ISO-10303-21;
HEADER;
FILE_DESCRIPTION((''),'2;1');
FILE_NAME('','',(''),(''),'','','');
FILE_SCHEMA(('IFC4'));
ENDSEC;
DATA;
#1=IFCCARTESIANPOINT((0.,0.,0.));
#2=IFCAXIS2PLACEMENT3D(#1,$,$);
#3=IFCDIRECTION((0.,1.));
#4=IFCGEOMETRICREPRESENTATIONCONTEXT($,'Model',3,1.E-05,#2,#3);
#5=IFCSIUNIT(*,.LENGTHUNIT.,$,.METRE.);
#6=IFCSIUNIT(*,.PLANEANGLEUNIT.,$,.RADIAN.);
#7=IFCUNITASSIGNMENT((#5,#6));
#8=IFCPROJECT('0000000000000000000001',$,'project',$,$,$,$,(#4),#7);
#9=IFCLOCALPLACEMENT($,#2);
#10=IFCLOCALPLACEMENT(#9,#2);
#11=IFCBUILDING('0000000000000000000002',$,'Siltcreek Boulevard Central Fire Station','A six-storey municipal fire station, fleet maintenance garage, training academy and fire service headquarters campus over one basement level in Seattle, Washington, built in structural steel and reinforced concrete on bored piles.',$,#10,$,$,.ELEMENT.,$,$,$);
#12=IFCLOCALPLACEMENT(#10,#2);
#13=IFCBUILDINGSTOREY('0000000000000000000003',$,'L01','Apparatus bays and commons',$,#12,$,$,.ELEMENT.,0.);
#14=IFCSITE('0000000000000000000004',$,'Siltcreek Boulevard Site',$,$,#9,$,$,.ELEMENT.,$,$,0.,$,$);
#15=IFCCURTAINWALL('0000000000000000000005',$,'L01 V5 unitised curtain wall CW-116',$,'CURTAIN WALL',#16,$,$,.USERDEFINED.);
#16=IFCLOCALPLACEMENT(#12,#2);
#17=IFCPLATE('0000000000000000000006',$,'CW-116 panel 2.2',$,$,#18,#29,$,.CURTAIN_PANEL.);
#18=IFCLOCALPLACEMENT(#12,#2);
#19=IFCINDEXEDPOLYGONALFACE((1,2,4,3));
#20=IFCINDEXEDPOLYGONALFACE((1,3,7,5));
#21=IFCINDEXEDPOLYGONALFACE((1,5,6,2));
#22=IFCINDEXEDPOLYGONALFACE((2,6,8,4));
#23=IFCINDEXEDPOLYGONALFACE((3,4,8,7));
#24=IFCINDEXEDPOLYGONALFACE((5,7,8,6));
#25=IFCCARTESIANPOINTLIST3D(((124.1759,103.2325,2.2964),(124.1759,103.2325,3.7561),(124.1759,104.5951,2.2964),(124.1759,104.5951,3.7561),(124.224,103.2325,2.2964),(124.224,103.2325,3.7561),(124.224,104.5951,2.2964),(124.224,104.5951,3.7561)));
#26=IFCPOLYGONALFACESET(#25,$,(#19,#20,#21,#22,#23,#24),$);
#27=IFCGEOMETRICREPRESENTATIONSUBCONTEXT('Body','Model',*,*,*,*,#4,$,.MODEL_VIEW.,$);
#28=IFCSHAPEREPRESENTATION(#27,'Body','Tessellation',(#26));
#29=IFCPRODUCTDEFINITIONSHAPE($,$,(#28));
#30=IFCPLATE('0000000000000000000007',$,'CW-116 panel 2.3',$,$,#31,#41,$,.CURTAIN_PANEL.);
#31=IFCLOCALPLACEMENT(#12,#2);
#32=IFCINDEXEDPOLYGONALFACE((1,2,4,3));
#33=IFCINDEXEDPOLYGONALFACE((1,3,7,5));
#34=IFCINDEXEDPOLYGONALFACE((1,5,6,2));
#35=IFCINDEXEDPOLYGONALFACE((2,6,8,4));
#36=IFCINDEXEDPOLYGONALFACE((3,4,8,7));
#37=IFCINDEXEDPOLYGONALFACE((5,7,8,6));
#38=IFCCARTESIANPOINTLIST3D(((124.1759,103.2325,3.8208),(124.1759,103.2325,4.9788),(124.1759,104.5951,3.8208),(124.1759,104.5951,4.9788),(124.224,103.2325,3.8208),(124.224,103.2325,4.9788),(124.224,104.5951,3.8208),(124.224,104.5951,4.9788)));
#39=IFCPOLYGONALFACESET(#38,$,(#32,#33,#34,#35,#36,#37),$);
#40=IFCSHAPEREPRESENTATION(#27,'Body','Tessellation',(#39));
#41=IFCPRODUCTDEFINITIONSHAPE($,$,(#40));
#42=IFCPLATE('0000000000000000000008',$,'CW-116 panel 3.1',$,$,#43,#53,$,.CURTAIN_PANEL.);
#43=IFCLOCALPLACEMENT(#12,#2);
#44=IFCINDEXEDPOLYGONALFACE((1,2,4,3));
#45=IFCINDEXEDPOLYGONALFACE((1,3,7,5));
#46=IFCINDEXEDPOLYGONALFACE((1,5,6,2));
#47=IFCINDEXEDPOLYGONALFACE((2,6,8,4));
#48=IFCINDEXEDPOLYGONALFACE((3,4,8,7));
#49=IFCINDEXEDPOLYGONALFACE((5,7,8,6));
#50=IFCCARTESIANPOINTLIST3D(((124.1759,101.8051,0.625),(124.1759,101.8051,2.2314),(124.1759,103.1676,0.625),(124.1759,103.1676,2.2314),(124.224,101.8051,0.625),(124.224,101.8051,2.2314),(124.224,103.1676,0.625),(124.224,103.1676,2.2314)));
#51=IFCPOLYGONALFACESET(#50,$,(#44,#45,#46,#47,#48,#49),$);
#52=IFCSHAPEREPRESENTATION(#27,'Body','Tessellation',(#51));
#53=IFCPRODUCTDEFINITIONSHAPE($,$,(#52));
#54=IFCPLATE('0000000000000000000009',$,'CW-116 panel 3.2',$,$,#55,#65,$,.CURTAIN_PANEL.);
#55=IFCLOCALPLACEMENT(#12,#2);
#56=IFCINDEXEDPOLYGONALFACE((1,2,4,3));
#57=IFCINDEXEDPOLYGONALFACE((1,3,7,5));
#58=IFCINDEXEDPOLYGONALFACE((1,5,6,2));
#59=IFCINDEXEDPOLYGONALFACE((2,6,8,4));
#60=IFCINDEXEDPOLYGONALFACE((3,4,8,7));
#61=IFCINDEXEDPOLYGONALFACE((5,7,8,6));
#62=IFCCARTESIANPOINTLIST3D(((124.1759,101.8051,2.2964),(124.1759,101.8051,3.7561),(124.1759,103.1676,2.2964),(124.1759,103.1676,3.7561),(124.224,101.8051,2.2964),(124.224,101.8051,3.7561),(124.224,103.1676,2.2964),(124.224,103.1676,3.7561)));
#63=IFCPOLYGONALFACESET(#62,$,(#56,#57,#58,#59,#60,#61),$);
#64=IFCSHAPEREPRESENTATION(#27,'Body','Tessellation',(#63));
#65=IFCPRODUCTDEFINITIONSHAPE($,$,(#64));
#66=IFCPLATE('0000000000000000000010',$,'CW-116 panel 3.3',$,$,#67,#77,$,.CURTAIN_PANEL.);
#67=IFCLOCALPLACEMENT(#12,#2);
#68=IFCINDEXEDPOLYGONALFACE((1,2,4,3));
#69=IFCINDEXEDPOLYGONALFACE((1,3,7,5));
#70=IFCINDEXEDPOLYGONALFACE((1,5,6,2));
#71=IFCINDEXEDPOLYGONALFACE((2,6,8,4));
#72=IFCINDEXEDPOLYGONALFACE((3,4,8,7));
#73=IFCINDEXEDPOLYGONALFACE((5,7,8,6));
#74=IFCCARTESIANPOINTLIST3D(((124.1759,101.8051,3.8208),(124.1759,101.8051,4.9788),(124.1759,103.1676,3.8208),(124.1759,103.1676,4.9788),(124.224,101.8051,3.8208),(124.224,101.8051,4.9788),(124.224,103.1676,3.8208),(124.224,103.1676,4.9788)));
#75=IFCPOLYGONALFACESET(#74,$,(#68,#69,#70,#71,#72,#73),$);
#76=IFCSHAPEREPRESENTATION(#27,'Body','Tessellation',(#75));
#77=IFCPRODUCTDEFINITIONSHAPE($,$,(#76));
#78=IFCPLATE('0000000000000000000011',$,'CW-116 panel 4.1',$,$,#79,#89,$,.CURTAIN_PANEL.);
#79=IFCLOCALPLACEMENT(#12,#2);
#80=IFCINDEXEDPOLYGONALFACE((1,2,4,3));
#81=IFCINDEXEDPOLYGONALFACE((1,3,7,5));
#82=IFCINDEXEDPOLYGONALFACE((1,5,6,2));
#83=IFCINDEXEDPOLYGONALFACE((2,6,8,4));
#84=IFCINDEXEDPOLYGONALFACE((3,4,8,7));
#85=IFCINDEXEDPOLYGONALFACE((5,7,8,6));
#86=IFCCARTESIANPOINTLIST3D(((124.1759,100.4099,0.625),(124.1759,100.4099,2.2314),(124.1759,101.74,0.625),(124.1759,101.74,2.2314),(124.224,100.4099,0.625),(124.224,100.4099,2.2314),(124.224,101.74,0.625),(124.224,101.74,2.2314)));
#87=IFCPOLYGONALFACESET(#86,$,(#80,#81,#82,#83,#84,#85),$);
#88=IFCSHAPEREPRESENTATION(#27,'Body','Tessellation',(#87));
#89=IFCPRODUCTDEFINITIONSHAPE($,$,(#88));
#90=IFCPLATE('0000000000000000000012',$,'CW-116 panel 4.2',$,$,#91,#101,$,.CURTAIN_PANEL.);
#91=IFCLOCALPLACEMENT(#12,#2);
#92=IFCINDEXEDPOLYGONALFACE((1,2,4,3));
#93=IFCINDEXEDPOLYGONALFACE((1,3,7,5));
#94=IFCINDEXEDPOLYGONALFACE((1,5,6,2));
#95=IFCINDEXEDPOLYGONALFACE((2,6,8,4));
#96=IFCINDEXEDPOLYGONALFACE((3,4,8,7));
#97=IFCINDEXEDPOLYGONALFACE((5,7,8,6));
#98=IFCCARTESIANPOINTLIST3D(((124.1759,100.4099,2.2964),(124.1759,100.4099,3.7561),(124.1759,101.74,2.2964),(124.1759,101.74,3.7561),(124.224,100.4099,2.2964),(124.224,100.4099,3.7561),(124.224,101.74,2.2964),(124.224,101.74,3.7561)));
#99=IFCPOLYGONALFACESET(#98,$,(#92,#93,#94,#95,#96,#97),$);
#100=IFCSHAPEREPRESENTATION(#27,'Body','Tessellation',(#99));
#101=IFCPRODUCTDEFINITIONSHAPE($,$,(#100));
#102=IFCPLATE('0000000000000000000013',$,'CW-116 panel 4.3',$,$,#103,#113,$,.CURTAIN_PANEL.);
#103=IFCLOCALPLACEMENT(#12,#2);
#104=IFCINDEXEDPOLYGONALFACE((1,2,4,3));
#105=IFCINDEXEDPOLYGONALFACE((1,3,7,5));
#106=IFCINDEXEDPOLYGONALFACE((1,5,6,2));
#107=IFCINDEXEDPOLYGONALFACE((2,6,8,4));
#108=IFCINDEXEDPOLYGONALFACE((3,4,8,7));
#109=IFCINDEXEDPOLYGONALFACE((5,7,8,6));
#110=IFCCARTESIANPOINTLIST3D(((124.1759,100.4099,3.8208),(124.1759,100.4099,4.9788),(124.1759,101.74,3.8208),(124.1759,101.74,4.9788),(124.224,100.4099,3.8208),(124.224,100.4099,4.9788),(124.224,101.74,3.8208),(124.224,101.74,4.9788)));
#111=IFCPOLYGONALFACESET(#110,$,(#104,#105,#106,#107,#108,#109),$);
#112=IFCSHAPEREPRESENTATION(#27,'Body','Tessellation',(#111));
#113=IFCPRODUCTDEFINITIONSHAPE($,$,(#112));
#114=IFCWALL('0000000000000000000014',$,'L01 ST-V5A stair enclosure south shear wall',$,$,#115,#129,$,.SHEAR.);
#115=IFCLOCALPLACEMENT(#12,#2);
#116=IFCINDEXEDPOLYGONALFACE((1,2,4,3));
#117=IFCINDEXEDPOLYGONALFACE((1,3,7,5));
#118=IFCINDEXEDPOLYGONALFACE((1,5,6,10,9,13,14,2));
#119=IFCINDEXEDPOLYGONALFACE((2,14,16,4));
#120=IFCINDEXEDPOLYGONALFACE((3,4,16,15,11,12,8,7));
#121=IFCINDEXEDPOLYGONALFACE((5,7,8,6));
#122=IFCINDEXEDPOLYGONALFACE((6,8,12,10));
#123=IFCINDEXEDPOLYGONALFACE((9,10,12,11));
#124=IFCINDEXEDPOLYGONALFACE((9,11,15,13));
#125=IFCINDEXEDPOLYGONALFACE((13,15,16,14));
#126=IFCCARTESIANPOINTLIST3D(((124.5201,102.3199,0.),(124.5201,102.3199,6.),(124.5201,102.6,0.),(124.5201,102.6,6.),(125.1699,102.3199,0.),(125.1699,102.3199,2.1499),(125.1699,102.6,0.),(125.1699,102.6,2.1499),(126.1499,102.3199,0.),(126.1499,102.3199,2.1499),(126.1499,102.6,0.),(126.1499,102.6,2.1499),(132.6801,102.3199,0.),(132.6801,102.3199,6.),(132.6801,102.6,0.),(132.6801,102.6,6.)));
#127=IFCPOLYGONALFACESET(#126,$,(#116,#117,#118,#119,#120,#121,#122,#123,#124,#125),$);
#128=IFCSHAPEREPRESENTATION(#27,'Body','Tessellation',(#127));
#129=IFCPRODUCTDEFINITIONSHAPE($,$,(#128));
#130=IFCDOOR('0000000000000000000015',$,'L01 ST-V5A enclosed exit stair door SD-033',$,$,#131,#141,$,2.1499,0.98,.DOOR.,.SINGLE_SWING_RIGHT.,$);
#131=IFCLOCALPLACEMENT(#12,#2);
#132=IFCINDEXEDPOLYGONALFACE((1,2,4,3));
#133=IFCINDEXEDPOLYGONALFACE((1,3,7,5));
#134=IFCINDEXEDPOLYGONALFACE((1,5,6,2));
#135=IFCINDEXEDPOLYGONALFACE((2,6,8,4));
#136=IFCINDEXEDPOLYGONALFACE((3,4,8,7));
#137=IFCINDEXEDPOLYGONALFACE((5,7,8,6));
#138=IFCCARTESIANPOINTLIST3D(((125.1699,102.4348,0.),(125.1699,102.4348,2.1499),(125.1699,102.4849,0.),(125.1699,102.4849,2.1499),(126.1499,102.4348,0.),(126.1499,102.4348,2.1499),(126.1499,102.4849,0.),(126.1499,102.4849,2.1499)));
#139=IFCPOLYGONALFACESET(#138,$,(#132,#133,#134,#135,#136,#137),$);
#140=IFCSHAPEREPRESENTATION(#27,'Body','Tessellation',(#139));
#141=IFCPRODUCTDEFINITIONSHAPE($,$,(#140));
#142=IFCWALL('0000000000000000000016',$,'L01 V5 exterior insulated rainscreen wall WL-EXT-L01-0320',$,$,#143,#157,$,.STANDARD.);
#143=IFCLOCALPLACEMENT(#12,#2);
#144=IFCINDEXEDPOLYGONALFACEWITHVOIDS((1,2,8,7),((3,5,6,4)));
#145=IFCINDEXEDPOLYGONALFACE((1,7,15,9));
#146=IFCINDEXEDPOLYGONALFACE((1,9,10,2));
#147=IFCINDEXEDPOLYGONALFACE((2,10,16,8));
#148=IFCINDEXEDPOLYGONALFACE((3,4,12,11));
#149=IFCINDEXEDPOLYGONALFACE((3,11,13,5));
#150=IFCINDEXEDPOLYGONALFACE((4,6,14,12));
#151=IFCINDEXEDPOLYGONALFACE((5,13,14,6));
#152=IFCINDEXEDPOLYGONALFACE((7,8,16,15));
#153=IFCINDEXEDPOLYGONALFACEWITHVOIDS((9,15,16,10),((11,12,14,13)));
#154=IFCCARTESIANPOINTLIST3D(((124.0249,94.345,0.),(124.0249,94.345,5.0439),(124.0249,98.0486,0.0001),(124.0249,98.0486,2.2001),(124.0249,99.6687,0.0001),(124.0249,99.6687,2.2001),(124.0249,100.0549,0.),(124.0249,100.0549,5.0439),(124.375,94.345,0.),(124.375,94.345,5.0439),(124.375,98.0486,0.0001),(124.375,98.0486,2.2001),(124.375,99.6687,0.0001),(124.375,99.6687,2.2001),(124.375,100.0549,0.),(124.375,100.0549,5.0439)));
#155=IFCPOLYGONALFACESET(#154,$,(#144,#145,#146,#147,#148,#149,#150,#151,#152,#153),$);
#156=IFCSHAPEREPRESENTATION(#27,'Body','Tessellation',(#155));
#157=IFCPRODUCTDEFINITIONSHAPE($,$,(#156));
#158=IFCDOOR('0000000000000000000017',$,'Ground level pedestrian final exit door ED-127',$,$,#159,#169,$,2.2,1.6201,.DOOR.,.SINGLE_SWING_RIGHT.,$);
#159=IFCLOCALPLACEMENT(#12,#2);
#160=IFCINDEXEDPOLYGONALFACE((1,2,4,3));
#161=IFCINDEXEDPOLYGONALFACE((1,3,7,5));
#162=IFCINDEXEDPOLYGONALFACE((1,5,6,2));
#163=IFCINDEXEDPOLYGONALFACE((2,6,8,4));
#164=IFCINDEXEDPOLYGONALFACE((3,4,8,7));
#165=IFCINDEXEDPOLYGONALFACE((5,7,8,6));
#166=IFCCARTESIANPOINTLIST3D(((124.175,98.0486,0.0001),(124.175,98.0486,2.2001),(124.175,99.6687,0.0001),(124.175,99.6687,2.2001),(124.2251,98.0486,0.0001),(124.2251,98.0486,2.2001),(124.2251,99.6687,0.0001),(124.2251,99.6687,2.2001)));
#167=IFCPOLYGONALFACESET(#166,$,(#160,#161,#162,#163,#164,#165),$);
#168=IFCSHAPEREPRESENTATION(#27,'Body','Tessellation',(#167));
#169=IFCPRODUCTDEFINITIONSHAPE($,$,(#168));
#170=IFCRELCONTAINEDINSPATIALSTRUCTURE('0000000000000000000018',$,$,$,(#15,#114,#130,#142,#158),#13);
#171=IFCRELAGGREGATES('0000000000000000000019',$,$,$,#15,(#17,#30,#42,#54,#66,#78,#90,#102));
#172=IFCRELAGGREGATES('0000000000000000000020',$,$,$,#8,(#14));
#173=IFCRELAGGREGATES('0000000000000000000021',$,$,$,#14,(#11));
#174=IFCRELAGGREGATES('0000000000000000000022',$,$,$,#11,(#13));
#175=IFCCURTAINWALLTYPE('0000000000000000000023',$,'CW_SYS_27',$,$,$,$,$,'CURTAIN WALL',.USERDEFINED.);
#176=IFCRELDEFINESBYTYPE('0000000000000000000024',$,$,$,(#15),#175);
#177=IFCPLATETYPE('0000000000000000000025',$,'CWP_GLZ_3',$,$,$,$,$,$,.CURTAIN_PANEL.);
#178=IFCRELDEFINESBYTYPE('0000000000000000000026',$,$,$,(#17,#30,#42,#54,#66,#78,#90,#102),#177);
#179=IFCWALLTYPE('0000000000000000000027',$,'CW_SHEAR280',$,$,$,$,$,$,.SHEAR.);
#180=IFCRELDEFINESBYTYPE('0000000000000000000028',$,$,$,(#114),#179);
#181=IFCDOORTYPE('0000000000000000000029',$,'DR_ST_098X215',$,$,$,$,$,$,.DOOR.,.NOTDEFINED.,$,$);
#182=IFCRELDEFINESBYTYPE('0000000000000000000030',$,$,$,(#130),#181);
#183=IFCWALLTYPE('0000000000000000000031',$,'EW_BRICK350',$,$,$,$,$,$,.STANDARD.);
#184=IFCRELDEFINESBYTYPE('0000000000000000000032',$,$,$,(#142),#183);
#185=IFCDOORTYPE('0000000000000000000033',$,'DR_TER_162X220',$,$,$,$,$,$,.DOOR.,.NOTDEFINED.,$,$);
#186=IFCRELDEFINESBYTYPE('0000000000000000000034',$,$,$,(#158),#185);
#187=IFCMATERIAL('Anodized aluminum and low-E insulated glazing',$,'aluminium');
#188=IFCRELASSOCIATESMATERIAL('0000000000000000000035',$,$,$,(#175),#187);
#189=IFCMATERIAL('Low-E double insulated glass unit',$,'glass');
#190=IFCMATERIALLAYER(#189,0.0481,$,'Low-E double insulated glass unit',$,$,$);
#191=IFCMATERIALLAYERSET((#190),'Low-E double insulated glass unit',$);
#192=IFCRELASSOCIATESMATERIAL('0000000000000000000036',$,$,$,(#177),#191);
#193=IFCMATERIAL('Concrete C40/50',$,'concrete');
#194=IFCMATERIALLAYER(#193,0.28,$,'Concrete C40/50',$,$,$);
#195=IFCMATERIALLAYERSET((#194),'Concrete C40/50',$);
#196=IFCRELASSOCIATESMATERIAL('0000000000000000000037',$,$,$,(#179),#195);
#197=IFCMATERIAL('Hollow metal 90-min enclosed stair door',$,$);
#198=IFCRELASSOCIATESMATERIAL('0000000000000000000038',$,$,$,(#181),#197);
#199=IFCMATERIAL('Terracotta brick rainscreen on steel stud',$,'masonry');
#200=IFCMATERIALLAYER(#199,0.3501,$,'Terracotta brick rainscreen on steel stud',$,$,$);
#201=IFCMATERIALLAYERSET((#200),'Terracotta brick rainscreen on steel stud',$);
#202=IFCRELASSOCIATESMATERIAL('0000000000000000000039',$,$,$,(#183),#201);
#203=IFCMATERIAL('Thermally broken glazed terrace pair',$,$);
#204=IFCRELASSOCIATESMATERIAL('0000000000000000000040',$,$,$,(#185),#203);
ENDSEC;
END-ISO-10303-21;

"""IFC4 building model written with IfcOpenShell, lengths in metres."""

from ifc_helpers import new_model, si_unit, direction, frame, frame_2d, origin, origin_2d, place, context, subcontext, project, spatial, rectangle, extrude, material, layer, layer_set, type_object, element, fill, aggregate, save


model = new_model("IFC4")

# Units and contexts
model_context = context("Model", 3, precision=1e-05, world=origin(), true_north=direction((0.0, 1.0)))
body_context = subcontext(model_context, "Body", "Model", "MODEL_VIEW")
ifc_project = project(units=[si_unit("LENGTHUNIT", "METRE"), si_unit("PLANEANGLEUNIT", "RADIAN")], contexts=[model_context])

# Site, building, storey
site_placement = place(None, origin())
site = spatial("IfcSite", under=ifc_project, at=site_placement, Name="Siltcreek Boulevard Site", CompositionType="ELEMENT", RefElevation=0.0)
building_placement = place(site_placement, origin())
building = spatial("IfcBuilding", under=site, at=building_placement, Name="Siltcreek Boulevard Central Fire Station", Description="A six-storey municipal fire station, fleet maintenance garage, training academy and fire service headquarters campus over one basement level in Seattle, Washington, built in structural steel and reinforced concrete on bored piles.", CompositionType="ELEMENT")
storey_placement = place(building_placement, origin())
storey = spatial("IfcBuildingStorey", under=building, at=storey_placement, Name="L01", Description="Apparatus bays and commons", CompositionType="ELEMENT", Elevation=0.0)

# Curtain wall, plates
ifc_material_1 = material(Name="Anodized aluminum and low-E insulated glazing", Category="aluminium")
curtain_wall_type = type_object("IfcCurtainWallType", Name="CW_SYS_27", ElementType="CURTAIN WALL", PredefinedType="USERDEFINED", material=ifc_material_1)
curtain_wall_placement = place(storey_placement, origin())
curtain_wall = element("IfcCurtainWall", 1, at=curtain_wall_placement, inside=storey, type_object=curtain_wall_type, Name="L01 V5 unitised curtain wall CW-116", ObjectType="CURTAIN WALL", PredefinedType="USERDEFINED")
ifc_material_2 = material(Name="Low-E double insulated glass unit", Category="glass")
ifc_layer_1 = layer(ifc_material_2, 0.0481, Name="Low-E double insulated glass unit")
ifc_layer_set_1 = layer_set([ifc_layer_1], Name="Low-E double insulated glass unit")
plate_type = type_object("IfcPlateType", Name="CWP_GLZ_3", PredefinedType="CURTAIN_PANEL", material=ifc_layer_set_1)
plate_1_placement = place(storey_placement, frame((124.2, 103.9138, 2.2964), z_axis=(0.0, 0.0, 1.0), x_axis=(0.0, -1.0, 0.0)))
plate_1 = element("IfcPlate", 2, at=plate_1_placement, type_object=plate_type, Name="CW-116 panel 2.2", PredefinedType="CURTAIN_PANEL", context=body_context, shape_type="SweptSolid", body=[
    extrude(rectangle(XDim=1.3625, YDim=0.0481, at=origin_2d()), origin(), (0.0, 0.0, 1.0), 1.4597),
])
plate_2_placement = place(storey_placement, frame((124.2, 103.9138, 3.8208), z_axis=(0.0, 0.0, 1.0), x_axis=(0.0, -1.0, 0.0)))
plate_2 = element("IfcPlate", 3, at=plate_2_placement, type_object=plate_type, Name="CW-116 panel 2.3", PredefinedType="CURTAIN_PANEL", context=body_context, shape_type="SweptSolid", body=[
    extrude(rectangle(XDim=1.3625, YDim=0.0481, at=origin_2d()), origin(), (0.0, 0.0, 1.0), 1.158),
])
plate_3_placement = place(storey_placement, frame((124.2, 102.4863, 0.625), z_axis=(0.0, 0.0, 1.0), x_axis=(0.0, -1.0, 0.0)))
plate_3 = element("IfcPlate", 4, at=plate_3_placement, type_object=plate_type, Name="CW-116 panel 3.1", PredefinedType="CURTAIN_PANEL", context=body_context, shape_type="SweptSolid", body=[
    extrude(rectangle(XDim=1.3625, YDim=0.0481, at=origin_2d()), origin(), (0.0, 0.0, 1.0), 1.6064),
])
plate_4_placement = place(storey_placement, frame((124.2, 102.4863, 2.2964), z_axis=(0.0, 0.0, 1.0), x_axis=(0.0, -1.0, 0.0)))
plate_4 = element("IfcPlate", 5, at=plate_4_placement, type_object=plate_type, Name="CW-116 panel 3.2", PredefinedType="CURTAIN_PANEL", context=body_context, shape_type="SweptSolid", body=[
    extrude(rectangle(XDim=1.3625, YDim=0.0481, at=origin_2d()), origin(), (0.0, 0.0, 1.0), 1.4597),
])
plate_5_placement = place(storey_placement, frame((124.2, 102.4863, 3.8208), z_axis=(0.0, 0.0, 1.0), x_axis=(0.0, -1.0, 0.0)))
plate_5 = element("IfcPlate", 6, at=plate_5_placement, type_object=plate_type, Name="CW-116 panel 3.3", PredefinedType="CURTAIN_PANEL", context=body_context, shape_type="SweptSolid", body=[
    extrude(rectangle(XDim=1.3625, YDim=0.0481, at=origin_2d()), origin(), (0.0, 0.0, 1.0), 1.158),
])
plate_6_placement = place(storey_placement, frame((124.2, 101.075, 0.625), z_axis=(0.0, 0.0, 1.0), x_axis=(0.0, -1.0, 0.0)))
plate_6 = element("IfcPlate", 7, at=plate_6_placement, type_object=plate_type, Name="CW-116 panel 4.1", PredefinedType="CURTAIN_PANEL", context=body_context, shape_type="SweptSolid", body=[
    extrude(rectangle(XDim=1.3301, YDim=0.0481, at=origin_2d()), origin(), (0.0, 0.0, 1.0), 1.6064),
])
plate_7_placement = place(storey_placement, frame((124.2, 101.075, 2.2964), z_axis=(0.0, 0.0, 1.0), x_axis=(0.0, -1.0, 0.0)))
plate_7 = element("IfcPlate", 8, at=plate_7_placement, type_object=plate_type, Name="CW-116 panel 4.2", PredefinedType="CURTAIN_PANEL", context=body_context, shape_type="SweptSolid", body=[
    extrude(rectangle(XDim=1.3301, YDim=0.0481, at=origin_2d()), origin(), (0.0, 0.0, 1.0), 1.4597),
])
plate_8_placement = place(storey_placement, frame((124.2, 101.075, 3.8208), z_axis=(0.0, 0.0, 1.0), x_axis=(0.0, -1.0, 0.0)))
plate_8 = element("IfcPlate", 9, at=plate_8_placement, type_object=plate_type, Name="CW-116 panel 4.3", PredefinedType="CURTAIN_PANEL", context=body_context, shape_type="SweptSolid", body=[
    extrude(rectangle(XDim=1.3301, YDim=0.0481, at=origin_2d()), origin(), (0.0, 0.0, 1.0), 1.158),
])
aggregate(curtain_wall, [plate_1, plate_2, plate_3, plate_4, plate_5, plate_6, plate_7, plate_8])

# Walls, openings, doors
ifc_material_3 = material(Name="Concrete C40/50", Category="concrete")
ifc_layer_2 = layer(ifc_material_3, 0.28, Name="Concrete C40/50")
ifc_layer_set_2 = layer_set([ifc_layer_2], Name="Concrete C40/50")
wall_type_1 = type_object("IfcWallType", Name="CW_SHEAR280", PredefinedType="SHEAR", material=ifc_layer_set_2)
wall_1_placement = place(storey_placement, frame((124.52, 102.46, 0.0), z_axis=(0.0, 0.0, 1.0), x_axis=(1.0, 0.0, 0.0)))
wall_1 = element("IfcWall", 10, at=wall_1_placement, inside=storey, type_object=wall_type_1, Name="L01 ST-V5A stair enclosure south shear wall", PredefinedType="SHEAR", context=body_context, shape_type="SweptSolid", body=[
    extrude(rectangle(XDim=8.1599, YDim=0.28, at=frame_2d((4.0801, 0.0))), origin(), (0.0, 0.0, 1.0), 6.0),
])
opening_1_placement = place(wall_1_placement, frame((0.6499, 0.0, 0.0)))
opening_1 = element("IfcOpeningElement", 11, at=opening_1_placement, cuts=wall_1, PredefinedType="OPENING", context=body_context, shape_type="SweptSolid", body=[
    extrude(rectangle(XDim=0.98, YDim=2.1499, at=frame_2d((0.49, 1.075))), frame((0.0, 0.1499, 0.0), z_axis=(0.0, -1.0, 0.0), x_axis=(1.0, 0.0, 0.0)), (0.0, 0.0, 1.0), 0.3),
])
ifc_material_4 = material(Name="Hollow metal 90-min enclosed stair door")
door_type_1 = type_object("IfcDoorType", Name="DR_ST_098X215", OperationType="NOTDEFINED", PredefinedType="DOOR", material=ifc_material_4)
door_1_placement = place(opening_1_placement, origin())
door_1 = element("IfcDoor", 12, at=door_1_placement, inside=storey, type_object=door_type_1, Name="L01 ST-V5A enclosed exit stair door SD-033", OperationType="SINGLE_SWING_RIGHT", OverallHeight=2.1499, OverallWidth=0.98, PredefinedType="DOOR", context=body_context, shape_type="SweptSolid", body=[
    extrude(rectangle(XDim=0.98, YDim=2.1499, at=frame_2d((0.49, 1.075))), frame((0.0, 0.0249, 0.0), z_axis=(0.0, -1.0, 0.0), x_axis=(1.0, 0.0, 0.0)), (0.0, 0.0, 1.0), 0.05),
])
fill(opening_1, door_1)
ifc_material_5 = material(Name="Terracotta brick rainscreen on steel stud", Category="masonry")
ifc_layer_3 = layer(ifc_material_5, 0.3501, Name="Terracotta brick rainscreen on steel stud")
ifc_layer_set_3 = layer_set([ifc_layer_3], Name="Terracotta brick rainscreen on steel stud")
wall_type_2 = type_object("IfcWallType", Name="EW_BRICK350", PredefinedType="STANDARD", material=ifc_layer_set_3)
wall_2_placement = place(storey_placement, frame((124.2, 100.0549, 0.0), z_axis=(0.0, 0.0, 1.0), x_axis=(0.0, -1.0, 0.0)))
wall_2 = element("IfcWall", 13, at=wall_2_placement, inside=storey, type_object=wall_type_2, Name="L01 V5 exterior insulated rainscreen wall WL-EXT-L01-0320", PredefinedType="STANDARD", context=body_context, shape_type="SweptSolid", body=[
    extrude(rectangle(XDim=5.71, YDim=0.3501, at=frame_2d((2.855, 0.0))), origin(), (0.0, 0.0, 1.0), 5.0439),
])
opening_2_placement = place(wall_2_placement, frame((0.3862, 0.0, 0.0)))
opening_2 = element("IfcOpeningElement", 14, at=opening_2_placement, cuts=wall_2, PredefinedType="OPENING", context=body_context, shape_type="SweptSolid", body=[
    extrude(rectangle(XDim=1.6201, YDim=2.2, at=frame_2d((0.8101, 1.1001))), frame((0.0, 0.1851, 0.0), z_axis=(0.0, -1.0, 0.0), x_axis=(1.0, 0.0, 0.0)), (0.0, 0.0, 1.0), 0.3701),
])
ifc_material_6 = material(Name="Thermally broken glazed terrace pair")
door_type_2 = type_object("IfcDoorType", Name="DR_TER_162X220", OperationType="NOTDEFINED", PredefinedType="DOOR", material=ifc_material_6)
door_2_placement = place(opening_2_placement, frame((1.6201, 0.0, 0.0), z_axis=(0.0, 0.0, 1.0), x_axis=(-1.0, 0.0, 0.0)))
door_2 = element("IfcDoor", 15, at=door_2_placement, inside=storey, type_object=door_type_2, Name="Ground level pedestrian final exit door ED-127", OperationType="SINGLE_SWING_RIGHT", OverallHeight=2.2, OverallWidth=1.6201, PredefinedType="DOOR", context=body_context, shape_type="SweptSolid", body=[
    extrude(rectangle(XDim=1.6201, YDim=2.2, at=frame_2d((0.8101, 1.1001))), frame((0.0, 0.0249, 0.0), z_axis=(0.0, -1.0, 0.0), x_axis=(1.0, 0.0, 0.0)), (0.0, 0.0, 1.0), 0.05),
])
fill(opening_2, door_2)

save(model, "model.ifc")
